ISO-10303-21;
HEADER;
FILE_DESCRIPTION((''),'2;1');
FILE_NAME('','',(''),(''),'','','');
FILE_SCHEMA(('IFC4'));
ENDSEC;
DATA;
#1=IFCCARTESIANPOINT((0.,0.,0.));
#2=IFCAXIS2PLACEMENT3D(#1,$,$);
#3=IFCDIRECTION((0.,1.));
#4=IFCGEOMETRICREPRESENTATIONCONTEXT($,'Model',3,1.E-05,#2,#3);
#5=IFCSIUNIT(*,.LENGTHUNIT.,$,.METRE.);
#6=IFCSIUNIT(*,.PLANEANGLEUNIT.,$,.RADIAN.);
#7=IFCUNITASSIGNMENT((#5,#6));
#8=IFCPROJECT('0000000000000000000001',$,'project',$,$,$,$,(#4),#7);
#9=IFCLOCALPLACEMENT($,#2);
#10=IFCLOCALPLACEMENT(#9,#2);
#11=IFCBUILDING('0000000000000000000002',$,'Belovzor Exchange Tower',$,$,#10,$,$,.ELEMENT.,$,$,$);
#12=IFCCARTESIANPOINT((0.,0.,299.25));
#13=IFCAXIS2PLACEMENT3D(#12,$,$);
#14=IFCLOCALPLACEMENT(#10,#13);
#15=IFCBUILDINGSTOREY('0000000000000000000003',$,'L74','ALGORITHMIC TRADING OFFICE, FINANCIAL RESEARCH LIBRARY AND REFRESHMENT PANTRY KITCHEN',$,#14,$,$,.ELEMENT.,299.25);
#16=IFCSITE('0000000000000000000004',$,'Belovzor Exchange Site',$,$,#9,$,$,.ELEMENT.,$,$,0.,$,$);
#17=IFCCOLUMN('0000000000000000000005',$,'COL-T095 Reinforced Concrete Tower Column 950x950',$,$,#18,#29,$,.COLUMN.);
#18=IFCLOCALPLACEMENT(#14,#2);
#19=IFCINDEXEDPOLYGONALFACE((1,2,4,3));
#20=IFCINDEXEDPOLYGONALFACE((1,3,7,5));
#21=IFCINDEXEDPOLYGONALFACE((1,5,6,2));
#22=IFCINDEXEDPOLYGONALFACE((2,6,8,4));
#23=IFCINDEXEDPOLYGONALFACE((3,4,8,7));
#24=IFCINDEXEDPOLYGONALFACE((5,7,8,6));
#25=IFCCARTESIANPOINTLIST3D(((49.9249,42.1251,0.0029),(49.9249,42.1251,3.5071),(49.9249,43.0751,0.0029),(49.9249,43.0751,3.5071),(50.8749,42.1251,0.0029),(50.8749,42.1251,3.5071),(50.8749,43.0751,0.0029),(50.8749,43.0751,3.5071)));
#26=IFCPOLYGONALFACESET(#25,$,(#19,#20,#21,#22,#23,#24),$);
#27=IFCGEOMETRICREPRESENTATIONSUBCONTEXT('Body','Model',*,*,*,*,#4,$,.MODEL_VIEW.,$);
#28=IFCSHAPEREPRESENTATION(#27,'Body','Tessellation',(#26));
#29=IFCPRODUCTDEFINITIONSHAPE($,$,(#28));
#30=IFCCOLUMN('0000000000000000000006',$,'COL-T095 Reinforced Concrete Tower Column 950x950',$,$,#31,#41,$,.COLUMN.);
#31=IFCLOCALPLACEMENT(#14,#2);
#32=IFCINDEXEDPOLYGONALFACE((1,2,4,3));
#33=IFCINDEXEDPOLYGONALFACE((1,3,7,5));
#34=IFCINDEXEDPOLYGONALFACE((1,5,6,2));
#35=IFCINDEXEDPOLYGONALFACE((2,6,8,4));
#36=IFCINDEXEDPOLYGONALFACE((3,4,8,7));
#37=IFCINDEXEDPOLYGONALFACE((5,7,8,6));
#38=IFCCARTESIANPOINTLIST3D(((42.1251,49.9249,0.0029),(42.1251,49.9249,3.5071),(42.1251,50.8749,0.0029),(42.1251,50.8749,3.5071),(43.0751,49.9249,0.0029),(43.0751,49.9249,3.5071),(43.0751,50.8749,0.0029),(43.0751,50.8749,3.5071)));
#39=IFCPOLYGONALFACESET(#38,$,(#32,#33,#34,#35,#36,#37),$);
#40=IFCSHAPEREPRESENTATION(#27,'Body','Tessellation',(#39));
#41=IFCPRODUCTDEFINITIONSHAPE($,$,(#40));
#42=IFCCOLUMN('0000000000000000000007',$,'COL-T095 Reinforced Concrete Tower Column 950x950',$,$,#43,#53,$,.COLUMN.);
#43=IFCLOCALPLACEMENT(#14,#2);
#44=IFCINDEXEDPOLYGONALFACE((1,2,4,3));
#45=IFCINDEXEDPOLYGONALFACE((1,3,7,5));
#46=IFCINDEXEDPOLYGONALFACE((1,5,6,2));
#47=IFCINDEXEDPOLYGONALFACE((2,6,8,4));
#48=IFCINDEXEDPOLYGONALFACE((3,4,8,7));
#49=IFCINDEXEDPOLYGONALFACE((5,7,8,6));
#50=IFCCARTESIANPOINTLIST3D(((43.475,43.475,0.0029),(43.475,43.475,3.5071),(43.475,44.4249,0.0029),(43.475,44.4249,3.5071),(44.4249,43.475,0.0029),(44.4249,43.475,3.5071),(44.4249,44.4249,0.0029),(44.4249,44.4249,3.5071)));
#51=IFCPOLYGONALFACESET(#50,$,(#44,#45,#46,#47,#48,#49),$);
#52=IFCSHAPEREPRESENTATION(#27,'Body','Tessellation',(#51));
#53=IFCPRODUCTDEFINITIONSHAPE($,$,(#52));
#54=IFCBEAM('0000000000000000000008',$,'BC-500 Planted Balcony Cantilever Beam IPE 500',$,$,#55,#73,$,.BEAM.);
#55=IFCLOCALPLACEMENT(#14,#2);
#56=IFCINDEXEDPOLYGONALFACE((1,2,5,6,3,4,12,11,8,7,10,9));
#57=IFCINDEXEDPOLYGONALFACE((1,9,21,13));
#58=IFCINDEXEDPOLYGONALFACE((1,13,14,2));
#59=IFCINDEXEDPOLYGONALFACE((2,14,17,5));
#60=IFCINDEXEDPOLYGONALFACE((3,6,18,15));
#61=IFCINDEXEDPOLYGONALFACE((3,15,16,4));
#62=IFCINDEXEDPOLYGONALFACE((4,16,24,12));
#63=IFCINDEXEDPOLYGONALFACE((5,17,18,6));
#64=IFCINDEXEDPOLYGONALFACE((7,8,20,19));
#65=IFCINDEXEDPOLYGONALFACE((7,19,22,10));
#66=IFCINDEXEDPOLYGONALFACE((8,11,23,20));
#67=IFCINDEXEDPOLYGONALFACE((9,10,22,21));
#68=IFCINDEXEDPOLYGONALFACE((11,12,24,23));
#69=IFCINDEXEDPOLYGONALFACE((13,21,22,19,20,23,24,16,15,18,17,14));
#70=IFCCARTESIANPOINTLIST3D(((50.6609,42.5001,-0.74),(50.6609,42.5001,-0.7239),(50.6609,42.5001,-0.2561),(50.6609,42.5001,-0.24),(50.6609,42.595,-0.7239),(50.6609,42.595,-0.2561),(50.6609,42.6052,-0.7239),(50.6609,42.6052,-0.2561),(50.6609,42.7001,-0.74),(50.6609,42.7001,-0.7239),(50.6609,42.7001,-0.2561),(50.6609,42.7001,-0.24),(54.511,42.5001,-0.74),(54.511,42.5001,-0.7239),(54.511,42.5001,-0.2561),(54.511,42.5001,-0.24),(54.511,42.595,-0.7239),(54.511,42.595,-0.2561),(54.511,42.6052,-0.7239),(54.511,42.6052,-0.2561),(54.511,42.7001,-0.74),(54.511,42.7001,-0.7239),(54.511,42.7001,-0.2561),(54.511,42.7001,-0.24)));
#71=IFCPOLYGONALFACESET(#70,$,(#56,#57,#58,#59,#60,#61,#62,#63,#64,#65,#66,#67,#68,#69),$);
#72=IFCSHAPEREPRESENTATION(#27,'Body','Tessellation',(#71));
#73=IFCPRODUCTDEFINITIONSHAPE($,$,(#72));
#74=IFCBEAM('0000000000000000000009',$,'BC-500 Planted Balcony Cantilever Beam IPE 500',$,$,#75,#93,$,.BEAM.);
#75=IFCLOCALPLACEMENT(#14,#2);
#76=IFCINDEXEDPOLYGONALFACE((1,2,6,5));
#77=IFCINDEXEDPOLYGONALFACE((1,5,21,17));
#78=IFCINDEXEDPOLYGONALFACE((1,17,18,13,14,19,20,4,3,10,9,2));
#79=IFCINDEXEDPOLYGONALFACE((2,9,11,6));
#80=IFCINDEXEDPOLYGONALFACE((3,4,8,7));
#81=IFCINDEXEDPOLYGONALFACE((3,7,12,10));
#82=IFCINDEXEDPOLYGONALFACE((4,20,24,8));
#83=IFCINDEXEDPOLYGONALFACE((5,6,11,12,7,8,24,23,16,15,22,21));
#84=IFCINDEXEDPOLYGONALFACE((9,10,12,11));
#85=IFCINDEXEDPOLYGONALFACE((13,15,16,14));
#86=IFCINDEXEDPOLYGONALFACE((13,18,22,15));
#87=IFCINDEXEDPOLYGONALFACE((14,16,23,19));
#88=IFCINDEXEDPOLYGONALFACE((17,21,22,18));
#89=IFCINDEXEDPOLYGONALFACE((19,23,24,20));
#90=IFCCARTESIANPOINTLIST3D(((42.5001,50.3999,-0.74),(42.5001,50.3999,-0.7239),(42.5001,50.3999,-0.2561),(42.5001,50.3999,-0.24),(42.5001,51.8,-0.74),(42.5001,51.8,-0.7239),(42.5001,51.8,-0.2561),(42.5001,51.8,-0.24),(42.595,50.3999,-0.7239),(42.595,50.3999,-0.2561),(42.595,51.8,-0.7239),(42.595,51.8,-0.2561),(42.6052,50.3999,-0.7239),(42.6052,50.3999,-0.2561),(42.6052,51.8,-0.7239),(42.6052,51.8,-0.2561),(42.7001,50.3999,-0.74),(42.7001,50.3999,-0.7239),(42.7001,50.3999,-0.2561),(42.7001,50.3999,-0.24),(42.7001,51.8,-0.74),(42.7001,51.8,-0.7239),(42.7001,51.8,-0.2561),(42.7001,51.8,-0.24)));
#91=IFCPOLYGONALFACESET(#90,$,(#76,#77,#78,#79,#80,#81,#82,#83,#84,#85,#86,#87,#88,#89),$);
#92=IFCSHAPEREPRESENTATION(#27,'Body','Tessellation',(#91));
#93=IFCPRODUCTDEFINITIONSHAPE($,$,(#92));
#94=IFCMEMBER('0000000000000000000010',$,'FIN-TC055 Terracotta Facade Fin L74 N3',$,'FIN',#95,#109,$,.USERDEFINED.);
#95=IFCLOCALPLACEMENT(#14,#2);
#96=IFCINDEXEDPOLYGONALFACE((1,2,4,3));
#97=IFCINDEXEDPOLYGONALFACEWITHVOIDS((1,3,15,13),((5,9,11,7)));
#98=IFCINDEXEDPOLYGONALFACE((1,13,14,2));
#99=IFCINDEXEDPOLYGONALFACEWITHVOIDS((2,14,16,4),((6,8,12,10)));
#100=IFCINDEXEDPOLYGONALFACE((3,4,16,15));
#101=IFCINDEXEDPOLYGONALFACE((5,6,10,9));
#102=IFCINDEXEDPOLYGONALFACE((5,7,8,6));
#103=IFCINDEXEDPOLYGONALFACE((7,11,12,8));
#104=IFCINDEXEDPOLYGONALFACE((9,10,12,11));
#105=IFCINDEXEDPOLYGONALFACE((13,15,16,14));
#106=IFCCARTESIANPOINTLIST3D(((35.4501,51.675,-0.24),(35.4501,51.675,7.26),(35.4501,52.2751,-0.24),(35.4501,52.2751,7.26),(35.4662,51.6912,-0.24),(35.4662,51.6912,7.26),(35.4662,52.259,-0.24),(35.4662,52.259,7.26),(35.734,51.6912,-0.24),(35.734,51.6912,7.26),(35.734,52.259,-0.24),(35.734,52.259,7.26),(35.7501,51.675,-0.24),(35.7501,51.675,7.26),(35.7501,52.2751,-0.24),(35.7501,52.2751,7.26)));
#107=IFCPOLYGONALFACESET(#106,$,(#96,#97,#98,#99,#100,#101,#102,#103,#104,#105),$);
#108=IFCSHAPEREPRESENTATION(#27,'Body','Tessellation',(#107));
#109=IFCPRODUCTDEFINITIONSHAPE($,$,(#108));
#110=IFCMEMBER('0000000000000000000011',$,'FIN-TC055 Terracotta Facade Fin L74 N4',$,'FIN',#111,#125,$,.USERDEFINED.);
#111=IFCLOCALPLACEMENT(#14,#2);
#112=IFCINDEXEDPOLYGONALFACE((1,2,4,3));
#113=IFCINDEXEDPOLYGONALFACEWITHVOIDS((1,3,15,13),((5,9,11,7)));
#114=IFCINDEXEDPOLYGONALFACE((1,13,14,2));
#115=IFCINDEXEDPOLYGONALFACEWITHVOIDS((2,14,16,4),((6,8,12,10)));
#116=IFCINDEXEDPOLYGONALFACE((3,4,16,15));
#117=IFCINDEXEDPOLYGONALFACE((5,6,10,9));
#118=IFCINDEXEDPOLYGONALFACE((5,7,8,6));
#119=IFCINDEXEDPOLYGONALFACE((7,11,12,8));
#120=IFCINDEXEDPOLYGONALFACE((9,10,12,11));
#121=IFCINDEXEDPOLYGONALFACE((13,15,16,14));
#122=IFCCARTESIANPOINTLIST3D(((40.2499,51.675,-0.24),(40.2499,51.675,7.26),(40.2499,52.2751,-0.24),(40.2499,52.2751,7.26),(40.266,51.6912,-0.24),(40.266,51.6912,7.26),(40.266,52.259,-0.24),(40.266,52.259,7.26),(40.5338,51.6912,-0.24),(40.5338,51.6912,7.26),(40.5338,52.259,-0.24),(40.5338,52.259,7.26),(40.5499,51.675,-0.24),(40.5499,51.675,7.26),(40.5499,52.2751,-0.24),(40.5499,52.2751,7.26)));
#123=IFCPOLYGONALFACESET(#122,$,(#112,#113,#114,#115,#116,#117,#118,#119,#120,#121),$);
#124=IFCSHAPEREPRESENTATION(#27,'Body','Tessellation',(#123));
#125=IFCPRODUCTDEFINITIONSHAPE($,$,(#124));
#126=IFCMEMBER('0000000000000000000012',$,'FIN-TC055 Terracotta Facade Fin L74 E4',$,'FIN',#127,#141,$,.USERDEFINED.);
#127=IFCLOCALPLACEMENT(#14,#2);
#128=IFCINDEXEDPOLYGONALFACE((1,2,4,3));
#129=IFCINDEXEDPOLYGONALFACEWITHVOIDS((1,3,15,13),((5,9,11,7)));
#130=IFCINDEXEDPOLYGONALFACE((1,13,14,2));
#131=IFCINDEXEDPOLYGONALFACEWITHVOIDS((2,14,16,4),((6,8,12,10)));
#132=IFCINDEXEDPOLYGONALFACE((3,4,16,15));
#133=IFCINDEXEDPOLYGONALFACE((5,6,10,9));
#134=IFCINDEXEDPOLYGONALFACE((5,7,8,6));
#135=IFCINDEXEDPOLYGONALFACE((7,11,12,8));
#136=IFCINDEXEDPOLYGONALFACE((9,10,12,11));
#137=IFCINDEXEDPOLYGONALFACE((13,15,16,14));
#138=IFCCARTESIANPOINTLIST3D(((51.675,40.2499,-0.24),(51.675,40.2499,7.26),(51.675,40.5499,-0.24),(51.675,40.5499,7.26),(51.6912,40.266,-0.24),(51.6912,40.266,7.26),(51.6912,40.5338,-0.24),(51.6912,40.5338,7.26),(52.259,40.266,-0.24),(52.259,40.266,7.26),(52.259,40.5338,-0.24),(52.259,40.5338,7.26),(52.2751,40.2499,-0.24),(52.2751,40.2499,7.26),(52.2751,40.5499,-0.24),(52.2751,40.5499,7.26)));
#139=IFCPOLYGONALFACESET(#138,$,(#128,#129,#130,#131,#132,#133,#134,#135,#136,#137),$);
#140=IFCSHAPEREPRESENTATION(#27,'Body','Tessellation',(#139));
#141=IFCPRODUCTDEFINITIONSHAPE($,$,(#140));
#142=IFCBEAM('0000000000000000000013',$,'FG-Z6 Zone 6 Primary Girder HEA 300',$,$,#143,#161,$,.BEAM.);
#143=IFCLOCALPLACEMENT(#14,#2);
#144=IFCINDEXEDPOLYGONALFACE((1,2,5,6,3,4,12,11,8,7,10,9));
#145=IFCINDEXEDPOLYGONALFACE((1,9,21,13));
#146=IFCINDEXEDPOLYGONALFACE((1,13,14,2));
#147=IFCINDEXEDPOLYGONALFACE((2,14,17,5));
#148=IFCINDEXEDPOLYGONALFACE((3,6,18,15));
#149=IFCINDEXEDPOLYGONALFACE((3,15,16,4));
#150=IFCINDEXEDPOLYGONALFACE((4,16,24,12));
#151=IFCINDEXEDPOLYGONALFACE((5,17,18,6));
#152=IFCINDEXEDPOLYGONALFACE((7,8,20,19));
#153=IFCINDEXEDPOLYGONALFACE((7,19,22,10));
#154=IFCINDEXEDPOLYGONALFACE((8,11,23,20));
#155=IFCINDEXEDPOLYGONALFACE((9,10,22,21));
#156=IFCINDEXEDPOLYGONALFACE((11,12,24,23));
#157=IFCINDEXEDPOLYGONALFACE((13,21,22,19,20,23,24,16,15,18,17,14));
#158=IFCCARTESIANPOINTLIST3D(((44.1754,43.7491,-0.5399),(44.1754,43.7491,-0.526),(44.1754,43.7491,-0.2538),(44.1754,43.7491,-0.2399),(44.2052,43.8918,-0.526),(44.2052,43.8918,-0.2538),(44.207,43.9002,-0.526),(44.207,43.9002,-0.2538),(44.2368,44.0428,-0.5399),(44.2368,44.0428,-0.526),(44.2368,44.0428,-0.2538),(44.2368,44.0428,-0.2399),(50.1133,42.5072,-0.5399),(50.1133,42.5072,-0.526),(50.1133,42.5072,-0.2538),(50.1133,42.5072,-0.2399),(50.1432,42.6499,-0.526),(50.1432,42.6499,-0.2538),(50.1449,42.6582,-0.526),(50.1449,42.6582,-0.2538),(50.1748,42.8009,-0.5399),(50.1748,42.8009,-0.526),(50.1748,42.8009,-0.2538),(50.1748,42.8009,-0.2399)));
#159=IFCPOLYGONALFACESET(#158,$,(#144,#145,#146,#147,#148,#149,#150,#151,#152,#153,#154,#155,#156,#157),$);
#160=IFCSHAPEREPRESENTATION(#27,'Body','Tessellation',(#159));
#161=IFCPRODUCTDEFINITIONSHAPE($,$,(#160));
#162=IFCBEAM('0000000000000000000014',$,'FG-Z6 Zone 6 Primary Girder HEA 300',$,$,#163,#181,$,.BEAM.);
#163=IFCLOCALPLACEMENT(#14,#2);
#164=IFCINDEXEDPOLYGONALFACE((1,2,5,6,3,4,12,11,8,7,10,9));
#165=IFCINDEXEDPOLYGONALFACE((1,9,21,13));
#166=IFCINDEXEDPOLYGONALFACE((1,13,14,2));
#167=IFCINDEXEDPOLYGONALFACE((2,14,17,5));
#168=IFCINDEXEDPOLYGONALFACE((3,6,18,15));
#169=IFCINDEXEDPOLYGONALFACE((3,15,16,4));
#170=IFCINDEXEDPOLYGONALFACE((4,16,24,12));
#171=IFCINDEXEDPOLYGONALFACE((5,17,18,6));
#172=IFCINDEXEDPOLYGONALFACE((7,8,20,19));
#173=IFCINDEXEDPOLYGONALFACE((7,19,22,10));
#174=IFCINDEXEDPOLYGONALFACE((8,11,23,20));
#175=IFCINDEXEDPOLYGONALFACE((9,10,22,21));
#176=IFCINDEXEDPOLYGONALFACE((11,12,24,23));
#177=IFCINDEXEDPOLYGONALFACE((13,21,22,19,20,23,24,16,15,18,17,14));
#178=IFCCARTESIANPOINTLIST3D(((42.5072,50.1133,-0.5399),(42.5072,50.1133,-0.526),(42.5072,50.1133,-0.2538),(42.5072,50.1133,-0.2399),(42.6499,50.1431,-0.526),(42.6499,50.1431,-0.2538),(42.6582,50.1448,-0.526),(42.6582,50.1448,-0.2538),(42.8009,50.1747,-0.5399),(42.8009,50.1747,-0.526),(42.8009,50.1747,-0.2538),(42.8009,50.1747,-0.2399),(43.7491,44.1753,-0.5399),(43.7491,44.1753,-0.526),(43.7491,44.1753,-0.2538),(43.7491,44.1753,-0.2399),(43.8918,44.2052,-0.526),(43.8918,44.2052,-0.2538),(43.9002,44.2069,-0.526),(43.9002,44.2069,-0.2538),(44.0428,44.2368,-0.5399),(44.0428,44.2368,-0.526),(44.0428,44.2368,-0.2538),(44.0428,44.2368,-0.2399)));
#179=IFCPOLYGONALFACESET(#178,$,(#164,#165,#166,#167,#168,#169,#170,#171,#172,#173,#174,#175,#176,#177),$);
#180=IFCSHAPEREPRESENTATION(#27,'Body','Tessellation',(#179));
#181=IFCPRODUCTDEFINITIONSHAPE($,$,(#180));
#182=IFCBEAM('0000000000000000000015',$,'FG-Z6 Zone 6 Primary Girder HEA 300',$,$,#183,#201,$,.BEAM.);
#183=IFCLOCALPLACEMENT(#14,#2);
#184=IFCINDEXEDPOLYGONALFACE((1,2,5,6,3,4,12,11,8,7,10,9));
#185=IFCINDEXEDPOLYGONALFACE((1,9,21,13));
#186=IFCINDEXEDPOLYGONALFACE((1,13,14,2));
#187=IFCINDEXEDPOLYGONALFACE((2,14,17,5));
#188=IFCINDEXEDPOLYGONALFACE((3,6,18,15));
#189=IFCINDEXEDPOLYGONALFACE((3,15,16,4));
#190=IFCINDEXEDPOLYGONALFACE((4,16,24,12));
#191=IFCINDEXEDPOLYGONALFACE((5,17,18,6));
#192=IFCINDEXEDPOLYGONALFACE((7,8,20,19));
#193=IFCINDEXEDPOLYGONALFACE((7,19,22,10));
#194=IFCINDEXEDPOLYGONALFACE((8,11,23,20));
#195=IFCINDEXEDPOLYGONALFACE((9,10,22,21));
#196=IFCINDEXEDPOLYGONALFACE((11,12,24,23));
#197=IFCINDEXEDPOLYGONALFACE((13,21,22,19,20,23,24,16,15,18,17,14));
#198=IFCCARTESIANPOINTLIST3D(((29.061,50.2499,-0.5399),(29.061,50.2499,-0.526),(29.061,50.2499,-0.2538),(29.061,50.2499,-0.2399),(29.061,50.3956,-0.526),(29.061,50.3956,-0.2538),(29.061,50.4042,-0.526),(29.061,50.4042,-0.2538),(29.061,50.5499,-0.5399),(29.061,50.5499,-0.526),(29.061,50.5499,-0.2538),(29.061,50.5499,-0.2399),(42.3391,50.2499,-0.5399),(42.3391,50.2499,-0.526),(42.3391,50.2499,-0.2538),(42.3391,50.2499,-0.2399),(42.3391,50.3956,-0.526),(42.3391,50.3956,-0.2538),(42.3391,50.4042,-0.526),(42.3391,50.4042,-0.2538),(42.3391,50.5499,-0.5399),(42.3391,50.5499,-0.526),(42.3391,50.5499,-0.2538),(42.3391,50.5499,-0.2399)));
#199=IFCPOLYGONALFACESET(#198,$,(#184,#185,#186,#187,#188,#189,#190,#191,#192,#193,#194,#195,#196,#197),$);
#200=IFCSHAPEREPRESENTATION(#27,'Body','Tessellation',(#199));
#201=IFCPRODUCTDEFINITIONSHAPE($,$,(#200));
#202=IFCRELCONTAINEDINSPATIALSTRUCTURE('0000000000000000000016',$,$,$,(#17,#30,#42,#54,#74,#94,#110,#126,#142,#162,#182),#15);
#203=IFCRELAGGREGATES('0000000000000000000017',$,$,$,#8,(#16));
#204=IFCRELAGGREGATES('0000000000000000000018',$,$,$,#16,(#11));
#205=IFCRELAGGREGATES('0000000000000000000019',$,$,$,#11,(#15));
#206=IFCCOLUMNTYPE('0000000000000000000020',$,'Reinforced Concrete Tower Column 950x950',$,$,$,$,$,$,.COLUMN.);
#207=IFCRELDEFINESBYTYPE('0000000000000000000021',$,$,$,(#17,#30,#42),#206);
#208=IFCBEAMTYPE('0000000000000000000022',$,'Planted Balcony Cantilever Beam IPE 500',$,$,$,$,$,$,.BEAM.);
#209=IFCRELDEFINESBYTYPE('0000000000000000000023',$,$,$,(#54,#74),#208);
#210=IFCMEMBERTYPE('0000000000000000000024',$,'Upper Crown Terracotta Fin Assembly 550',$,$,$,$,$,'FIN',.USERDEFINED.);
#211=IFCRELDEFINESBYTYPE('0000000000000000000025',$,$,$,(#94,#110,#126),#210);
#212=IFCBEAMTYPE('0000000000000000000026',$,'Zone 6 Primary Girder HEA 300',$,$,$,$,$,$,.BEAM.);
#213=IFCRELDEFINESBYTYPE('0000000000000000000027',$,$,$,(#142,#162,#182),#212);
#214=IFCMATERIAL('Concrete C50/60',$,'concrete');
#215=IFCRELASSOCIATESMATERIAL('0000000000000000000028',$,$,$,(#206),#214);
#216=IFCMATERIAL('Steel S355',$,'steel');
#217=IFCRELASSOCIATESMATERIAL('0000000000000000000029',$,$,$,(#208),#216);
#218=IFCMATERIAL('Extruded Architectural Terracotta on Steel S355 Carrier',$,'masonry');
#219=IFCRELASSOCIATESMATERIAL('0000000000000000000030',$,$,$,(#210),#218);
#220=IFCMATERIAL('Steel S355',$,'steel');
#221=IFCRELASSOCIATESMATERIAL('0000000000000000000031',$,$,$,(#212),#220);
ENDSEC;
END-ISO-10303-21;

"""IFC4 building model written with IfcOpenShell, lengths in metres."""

from ifc_helpers import new_model, si_unit, direction, frame, origin, origin_2d, place, context, subcontext, project, spatial, rectangle, hollow_rectangle, i_section, extrude, material, material_profile, profile_set, type_object, element, save


model = new_model("IFC4")

# Units and contexts
model_context = context("Model", 3, precision=1e-05, world=origin(), true_north=direction((0.0, 1.0)))
body_context = subcontext(model_context, "Body", "Model", "MODEL_VIEW")
ifc_project = project(units=[si_unit("LENGTHUNIT", "METRE"), si_unit("PLANEANGLEUNIT", "RADIAN")], contexts=[model_context])

# Site, building, storey
site_placement = place(None, origin())
site = spatial("IfcSite", under=ifc_project, at=site_placement, Name="Belovzor Exchange Site", CompositionType="ELEMENT", RefElevation=0.0)
building_placement = place(site_placement, origin())
building = spatial("IfcBuilding", under=site, at=building_placement, Name="Belovzor Exchange Tower", CompositionType="ELEMENT")
storey_placement = place(building_placement, frame((0.0, 0.0, 299.25)))
storey = spatial("IfcBuildingStorey", under=building, at=storey_placement, Name="L74", Description="ALGORITHMIC TRADING OFFICE, FINANCIAL RESEARCH LIBRARY AND REFRESHMENT PANTRY KITCHEN", CompositionType="ELEMENT", Elevation=299.25)

# Columns
ifc_material_1 = material(Name="Concrete C50/60", Category="concrete")
ifc_material_profile_1 = material_profile(ifc_material_1, rectangle(XDim=0.95, YDim=0.95, at=origin_2d()))
ifc_profile_set_1 = profile_set([ifc_material_profile_1], Name="Concrete C50/60")
column_type = type_object("IfcColumnType", Name="Reinforced Concrete Tower Column 950x950", PredefinedType="COLUMN", material=ifc_profile_set_1)
for number, where, z_axis, x_axis, name in (
    (1, (50.3999, 42.6001, 0.0029), (0.0, 0.0, 1.0), (1.0, 0.0, 0.0), "COL-T095 Reinforced Concrete Tower Column 950x950"),
    (2, (42.6001, 50.3999, 0.0029), (0.0, 0.0, 1.0), (1.0, 0.0, 0.0), "COL-T095 Reinforced Concrete Tower Column 950x950"),
    (3, (43.95, 43.95, 0.0029), (0.0, 0.0, 1.0), (1.0, 0.0, 0.0), "COL-T095 Reinforced Concrete Tower Column 950x950"),
):
    element("IfcColumn", number, at=place(storey_placement, frame(where, z_axis=z_axis, x_axis=x_axis)), inside=storey, type_object=column_type, Name=name, PredefinedType="COLUMN", context=body_context, shape_type="SweptSolid", body=[
        extrude(rectangle(XDim=0.95, YDim=0.95, at=origin_2d()), origin(), (0.0, 0.0, 1.0), 3.5042),
    ])

# Beams
ifc_material_2 = material(Name="Steel S355", Category="steel")
ifc_material_profile_2 = material_profile(ifc_material_2, i_section(OverallWidth=0.2, OverallDepth=0.5, WebThickness=0.0103, FlangeThickness=0.0161, at=origin_2d()))
ifc_profile_set_2 = profile_set([ifc_material_profile_2], Name="Steel S355")
beam_type_1 = type_object("IfcBeamType", Name="Planted Balcony Cantilever Beam IPE 500", PredefinedType="BEAM", material=ifc_profile_set_2)
beam_1_placement = place(storey_placement, frame((50.6609, 42.6001, -0.49), z_axis=(1.0, 0.0, 0.0), x_axis=(0.0, 1.0, 0.0)))
element("IfcBeam", 4, at=beam_1_placement, inside=storey, type_object=beam_type_1, Name="BC-500 Planted Balcony Cantilever Beam IPE 500", PredefinedType="BEAM", context=body_context, shape_type="SweptSolid", body=[
    extrude(i_section(OverallWidth=0.2, OverallDepth=0.5, WebThickness=0.0103, FlangeThickness=0.0161, at=origin_2d()), origin(), (0.0, 0.0, 1.0), 3.8501),
])
beam_2_placement = place(storey_placement, frame((42.6001, 50.3999, -0.49), z_axis=(0.0, 1.0, 0.0), x_axis=(-1.0, 0.0, 0.0)))
element("IfcBeam", 5, at=beam_2_placement, inside=storey, type_object=beam_type_1, Name="BC-500 Planted Balcony Cantilever Beam IPE 500", PredefinedType="BEAM", context=body_context, shape_type="SweptSolid", body=[
    extrude(i_section(OverallWidth=0.2, OverallDepth=0.5, WebThickness=0.0103, FlangeThickness=0.0161, at=origin_2d()), origin(), (0.0, 0.0, 1.0), 1.4001),
])

# Members
ifc_material_3 = material(Name="Extruded Architectural Terracotta on Steel S355 Carrier", Category="masonry")
ifc_material_profile_3 = material_profile(ifc_material_3, hollow_rectangle(XDim=0.3, YDim=0.6001, WallThickness=0.0161, at=origin_2d()))
ifc_profile_set_3 = profile_set([ifc_material_profile_3], Name="Extruded Architectural Terracotta on Steel S355 Carrier")
member_type = type_object("IfcMemberType", Name="Upper Crown Terracotta Fin Assembly 550", ElementType="FIN", PredefinedType="USERDEFINED", material=ifc_profile_set_3)
for number, where, z_axis, x_axis, name in (
    (6, (35.6001, 51.9751, -0.24), (0.0, 0.0, 1.0), (1.0, 0.0, 0.0), "FIN-TC055 Terracotta Facade Fin L74 N3"),
    (7, (40.3999, 51.9751, -0.24), (0.0, 0.0, 1.0), (1.0, 0.0, 0.0), "FIN-TC055 Terracotta Facade Fin L74 N4"),
    (8, (51.9751, 40.3999, -0.24), (0.0, 0.0, 1.0), (0.0, 1.0, 0.0), "FIN-TC055 Terracotta Facade Fin L74 E4"),
):
    element("IfcMember", number, at=place(storey_placement, frame(where, z_axis=z_axis, x_axis=x_axis)), inside=storey, type_object=member_type, Name=name, ObjectType="FIN", PredefinedType="USERDEFINED", context=body_context, shape_type="SweptSolid", body=[
        extrude(hollow_rectangle(XDim=0.3, YDim=0.6001, WallThickness=0.0161, at=origin_2d()), origin(), (0.0, 0.0, 1.0), 7.5),
    ])

# Beams
ifc_material_4 = material(Name="Steel S355", Category="steel")
ifc_material_profile_4 = material_profile(ifc_material_4, i_section(OverallWidth=0.3, OverallDepth=0.3, WebThickness=0.0085, FlangeThickness=0.0139, at=origin_2d()))
ifc_profile_set_4 = profile_set([ifc_material_profile_4], Name="Steel S355")
beam_type_2 = type_object("IfcBeamType", Name="Zone 6 Primary Girder HEA 300", PredefinedType="BEAM", material=ifc_profile_set_4)
for number, where, z_axis, x_axis, name in (
    (9, (50.144, 42.6541, -0.3899), (-0.97882, 0.204722, 0.0), (-0.204722, -0.97882, 0.0), "FG-Z6 Zone 6 Primary Girder HEA 300"),
    (10, (43.896, 44.2061, -0.3899), (-0.204722, 0.97882, 0.0), (-0.97882, -0.204722, 0.0), "FG-Z6 Zone 6 Primary Girder HEA 300"),
):
    element("IfcBeam", number, at=place(storey_placement, frame(where, z_axis=z_axis, x_axis=x_axis)), inside=storey, type_object=beam_type_2, Name=name, PredefinedType="BEAM", context=body_context, shape_type="SweptSolid", body=[
        extrude(i_section(OverallWidth=0.3, OverallDepth=0.3, WebThickness=0.0085, FlangeThickness=0.0139, at=origin_2d()), origin(), (0.0, 0.0, 1.0), 6.0664),
    ])
beam_3_placement = place(storey_placement, frame((42.3391, 50.3999, -0.3899), z_axis=(-1.0, 0.0, 0.0), x_axis=(0.0, -1.0, 0.0)))
element("IfcBeam", 11, at=beam_3_placement, inside=storey, type_object=beam_type_2, Name="FG-Z6 Zone 6 Primary Girder HEA 300", PredefinedType="BEAM", context=body_context, shape_type="SweptSolid", body=[
    extrude(i_section(OverallWidth=0.3, OverallDepth=0.3, WebThickness=0.0085, FlangeThickness=0.0139, at=origin_2d()), origin(), (0.0, 0.0, 1.0), 13.2781),
])

save(model, "model.ifc")
